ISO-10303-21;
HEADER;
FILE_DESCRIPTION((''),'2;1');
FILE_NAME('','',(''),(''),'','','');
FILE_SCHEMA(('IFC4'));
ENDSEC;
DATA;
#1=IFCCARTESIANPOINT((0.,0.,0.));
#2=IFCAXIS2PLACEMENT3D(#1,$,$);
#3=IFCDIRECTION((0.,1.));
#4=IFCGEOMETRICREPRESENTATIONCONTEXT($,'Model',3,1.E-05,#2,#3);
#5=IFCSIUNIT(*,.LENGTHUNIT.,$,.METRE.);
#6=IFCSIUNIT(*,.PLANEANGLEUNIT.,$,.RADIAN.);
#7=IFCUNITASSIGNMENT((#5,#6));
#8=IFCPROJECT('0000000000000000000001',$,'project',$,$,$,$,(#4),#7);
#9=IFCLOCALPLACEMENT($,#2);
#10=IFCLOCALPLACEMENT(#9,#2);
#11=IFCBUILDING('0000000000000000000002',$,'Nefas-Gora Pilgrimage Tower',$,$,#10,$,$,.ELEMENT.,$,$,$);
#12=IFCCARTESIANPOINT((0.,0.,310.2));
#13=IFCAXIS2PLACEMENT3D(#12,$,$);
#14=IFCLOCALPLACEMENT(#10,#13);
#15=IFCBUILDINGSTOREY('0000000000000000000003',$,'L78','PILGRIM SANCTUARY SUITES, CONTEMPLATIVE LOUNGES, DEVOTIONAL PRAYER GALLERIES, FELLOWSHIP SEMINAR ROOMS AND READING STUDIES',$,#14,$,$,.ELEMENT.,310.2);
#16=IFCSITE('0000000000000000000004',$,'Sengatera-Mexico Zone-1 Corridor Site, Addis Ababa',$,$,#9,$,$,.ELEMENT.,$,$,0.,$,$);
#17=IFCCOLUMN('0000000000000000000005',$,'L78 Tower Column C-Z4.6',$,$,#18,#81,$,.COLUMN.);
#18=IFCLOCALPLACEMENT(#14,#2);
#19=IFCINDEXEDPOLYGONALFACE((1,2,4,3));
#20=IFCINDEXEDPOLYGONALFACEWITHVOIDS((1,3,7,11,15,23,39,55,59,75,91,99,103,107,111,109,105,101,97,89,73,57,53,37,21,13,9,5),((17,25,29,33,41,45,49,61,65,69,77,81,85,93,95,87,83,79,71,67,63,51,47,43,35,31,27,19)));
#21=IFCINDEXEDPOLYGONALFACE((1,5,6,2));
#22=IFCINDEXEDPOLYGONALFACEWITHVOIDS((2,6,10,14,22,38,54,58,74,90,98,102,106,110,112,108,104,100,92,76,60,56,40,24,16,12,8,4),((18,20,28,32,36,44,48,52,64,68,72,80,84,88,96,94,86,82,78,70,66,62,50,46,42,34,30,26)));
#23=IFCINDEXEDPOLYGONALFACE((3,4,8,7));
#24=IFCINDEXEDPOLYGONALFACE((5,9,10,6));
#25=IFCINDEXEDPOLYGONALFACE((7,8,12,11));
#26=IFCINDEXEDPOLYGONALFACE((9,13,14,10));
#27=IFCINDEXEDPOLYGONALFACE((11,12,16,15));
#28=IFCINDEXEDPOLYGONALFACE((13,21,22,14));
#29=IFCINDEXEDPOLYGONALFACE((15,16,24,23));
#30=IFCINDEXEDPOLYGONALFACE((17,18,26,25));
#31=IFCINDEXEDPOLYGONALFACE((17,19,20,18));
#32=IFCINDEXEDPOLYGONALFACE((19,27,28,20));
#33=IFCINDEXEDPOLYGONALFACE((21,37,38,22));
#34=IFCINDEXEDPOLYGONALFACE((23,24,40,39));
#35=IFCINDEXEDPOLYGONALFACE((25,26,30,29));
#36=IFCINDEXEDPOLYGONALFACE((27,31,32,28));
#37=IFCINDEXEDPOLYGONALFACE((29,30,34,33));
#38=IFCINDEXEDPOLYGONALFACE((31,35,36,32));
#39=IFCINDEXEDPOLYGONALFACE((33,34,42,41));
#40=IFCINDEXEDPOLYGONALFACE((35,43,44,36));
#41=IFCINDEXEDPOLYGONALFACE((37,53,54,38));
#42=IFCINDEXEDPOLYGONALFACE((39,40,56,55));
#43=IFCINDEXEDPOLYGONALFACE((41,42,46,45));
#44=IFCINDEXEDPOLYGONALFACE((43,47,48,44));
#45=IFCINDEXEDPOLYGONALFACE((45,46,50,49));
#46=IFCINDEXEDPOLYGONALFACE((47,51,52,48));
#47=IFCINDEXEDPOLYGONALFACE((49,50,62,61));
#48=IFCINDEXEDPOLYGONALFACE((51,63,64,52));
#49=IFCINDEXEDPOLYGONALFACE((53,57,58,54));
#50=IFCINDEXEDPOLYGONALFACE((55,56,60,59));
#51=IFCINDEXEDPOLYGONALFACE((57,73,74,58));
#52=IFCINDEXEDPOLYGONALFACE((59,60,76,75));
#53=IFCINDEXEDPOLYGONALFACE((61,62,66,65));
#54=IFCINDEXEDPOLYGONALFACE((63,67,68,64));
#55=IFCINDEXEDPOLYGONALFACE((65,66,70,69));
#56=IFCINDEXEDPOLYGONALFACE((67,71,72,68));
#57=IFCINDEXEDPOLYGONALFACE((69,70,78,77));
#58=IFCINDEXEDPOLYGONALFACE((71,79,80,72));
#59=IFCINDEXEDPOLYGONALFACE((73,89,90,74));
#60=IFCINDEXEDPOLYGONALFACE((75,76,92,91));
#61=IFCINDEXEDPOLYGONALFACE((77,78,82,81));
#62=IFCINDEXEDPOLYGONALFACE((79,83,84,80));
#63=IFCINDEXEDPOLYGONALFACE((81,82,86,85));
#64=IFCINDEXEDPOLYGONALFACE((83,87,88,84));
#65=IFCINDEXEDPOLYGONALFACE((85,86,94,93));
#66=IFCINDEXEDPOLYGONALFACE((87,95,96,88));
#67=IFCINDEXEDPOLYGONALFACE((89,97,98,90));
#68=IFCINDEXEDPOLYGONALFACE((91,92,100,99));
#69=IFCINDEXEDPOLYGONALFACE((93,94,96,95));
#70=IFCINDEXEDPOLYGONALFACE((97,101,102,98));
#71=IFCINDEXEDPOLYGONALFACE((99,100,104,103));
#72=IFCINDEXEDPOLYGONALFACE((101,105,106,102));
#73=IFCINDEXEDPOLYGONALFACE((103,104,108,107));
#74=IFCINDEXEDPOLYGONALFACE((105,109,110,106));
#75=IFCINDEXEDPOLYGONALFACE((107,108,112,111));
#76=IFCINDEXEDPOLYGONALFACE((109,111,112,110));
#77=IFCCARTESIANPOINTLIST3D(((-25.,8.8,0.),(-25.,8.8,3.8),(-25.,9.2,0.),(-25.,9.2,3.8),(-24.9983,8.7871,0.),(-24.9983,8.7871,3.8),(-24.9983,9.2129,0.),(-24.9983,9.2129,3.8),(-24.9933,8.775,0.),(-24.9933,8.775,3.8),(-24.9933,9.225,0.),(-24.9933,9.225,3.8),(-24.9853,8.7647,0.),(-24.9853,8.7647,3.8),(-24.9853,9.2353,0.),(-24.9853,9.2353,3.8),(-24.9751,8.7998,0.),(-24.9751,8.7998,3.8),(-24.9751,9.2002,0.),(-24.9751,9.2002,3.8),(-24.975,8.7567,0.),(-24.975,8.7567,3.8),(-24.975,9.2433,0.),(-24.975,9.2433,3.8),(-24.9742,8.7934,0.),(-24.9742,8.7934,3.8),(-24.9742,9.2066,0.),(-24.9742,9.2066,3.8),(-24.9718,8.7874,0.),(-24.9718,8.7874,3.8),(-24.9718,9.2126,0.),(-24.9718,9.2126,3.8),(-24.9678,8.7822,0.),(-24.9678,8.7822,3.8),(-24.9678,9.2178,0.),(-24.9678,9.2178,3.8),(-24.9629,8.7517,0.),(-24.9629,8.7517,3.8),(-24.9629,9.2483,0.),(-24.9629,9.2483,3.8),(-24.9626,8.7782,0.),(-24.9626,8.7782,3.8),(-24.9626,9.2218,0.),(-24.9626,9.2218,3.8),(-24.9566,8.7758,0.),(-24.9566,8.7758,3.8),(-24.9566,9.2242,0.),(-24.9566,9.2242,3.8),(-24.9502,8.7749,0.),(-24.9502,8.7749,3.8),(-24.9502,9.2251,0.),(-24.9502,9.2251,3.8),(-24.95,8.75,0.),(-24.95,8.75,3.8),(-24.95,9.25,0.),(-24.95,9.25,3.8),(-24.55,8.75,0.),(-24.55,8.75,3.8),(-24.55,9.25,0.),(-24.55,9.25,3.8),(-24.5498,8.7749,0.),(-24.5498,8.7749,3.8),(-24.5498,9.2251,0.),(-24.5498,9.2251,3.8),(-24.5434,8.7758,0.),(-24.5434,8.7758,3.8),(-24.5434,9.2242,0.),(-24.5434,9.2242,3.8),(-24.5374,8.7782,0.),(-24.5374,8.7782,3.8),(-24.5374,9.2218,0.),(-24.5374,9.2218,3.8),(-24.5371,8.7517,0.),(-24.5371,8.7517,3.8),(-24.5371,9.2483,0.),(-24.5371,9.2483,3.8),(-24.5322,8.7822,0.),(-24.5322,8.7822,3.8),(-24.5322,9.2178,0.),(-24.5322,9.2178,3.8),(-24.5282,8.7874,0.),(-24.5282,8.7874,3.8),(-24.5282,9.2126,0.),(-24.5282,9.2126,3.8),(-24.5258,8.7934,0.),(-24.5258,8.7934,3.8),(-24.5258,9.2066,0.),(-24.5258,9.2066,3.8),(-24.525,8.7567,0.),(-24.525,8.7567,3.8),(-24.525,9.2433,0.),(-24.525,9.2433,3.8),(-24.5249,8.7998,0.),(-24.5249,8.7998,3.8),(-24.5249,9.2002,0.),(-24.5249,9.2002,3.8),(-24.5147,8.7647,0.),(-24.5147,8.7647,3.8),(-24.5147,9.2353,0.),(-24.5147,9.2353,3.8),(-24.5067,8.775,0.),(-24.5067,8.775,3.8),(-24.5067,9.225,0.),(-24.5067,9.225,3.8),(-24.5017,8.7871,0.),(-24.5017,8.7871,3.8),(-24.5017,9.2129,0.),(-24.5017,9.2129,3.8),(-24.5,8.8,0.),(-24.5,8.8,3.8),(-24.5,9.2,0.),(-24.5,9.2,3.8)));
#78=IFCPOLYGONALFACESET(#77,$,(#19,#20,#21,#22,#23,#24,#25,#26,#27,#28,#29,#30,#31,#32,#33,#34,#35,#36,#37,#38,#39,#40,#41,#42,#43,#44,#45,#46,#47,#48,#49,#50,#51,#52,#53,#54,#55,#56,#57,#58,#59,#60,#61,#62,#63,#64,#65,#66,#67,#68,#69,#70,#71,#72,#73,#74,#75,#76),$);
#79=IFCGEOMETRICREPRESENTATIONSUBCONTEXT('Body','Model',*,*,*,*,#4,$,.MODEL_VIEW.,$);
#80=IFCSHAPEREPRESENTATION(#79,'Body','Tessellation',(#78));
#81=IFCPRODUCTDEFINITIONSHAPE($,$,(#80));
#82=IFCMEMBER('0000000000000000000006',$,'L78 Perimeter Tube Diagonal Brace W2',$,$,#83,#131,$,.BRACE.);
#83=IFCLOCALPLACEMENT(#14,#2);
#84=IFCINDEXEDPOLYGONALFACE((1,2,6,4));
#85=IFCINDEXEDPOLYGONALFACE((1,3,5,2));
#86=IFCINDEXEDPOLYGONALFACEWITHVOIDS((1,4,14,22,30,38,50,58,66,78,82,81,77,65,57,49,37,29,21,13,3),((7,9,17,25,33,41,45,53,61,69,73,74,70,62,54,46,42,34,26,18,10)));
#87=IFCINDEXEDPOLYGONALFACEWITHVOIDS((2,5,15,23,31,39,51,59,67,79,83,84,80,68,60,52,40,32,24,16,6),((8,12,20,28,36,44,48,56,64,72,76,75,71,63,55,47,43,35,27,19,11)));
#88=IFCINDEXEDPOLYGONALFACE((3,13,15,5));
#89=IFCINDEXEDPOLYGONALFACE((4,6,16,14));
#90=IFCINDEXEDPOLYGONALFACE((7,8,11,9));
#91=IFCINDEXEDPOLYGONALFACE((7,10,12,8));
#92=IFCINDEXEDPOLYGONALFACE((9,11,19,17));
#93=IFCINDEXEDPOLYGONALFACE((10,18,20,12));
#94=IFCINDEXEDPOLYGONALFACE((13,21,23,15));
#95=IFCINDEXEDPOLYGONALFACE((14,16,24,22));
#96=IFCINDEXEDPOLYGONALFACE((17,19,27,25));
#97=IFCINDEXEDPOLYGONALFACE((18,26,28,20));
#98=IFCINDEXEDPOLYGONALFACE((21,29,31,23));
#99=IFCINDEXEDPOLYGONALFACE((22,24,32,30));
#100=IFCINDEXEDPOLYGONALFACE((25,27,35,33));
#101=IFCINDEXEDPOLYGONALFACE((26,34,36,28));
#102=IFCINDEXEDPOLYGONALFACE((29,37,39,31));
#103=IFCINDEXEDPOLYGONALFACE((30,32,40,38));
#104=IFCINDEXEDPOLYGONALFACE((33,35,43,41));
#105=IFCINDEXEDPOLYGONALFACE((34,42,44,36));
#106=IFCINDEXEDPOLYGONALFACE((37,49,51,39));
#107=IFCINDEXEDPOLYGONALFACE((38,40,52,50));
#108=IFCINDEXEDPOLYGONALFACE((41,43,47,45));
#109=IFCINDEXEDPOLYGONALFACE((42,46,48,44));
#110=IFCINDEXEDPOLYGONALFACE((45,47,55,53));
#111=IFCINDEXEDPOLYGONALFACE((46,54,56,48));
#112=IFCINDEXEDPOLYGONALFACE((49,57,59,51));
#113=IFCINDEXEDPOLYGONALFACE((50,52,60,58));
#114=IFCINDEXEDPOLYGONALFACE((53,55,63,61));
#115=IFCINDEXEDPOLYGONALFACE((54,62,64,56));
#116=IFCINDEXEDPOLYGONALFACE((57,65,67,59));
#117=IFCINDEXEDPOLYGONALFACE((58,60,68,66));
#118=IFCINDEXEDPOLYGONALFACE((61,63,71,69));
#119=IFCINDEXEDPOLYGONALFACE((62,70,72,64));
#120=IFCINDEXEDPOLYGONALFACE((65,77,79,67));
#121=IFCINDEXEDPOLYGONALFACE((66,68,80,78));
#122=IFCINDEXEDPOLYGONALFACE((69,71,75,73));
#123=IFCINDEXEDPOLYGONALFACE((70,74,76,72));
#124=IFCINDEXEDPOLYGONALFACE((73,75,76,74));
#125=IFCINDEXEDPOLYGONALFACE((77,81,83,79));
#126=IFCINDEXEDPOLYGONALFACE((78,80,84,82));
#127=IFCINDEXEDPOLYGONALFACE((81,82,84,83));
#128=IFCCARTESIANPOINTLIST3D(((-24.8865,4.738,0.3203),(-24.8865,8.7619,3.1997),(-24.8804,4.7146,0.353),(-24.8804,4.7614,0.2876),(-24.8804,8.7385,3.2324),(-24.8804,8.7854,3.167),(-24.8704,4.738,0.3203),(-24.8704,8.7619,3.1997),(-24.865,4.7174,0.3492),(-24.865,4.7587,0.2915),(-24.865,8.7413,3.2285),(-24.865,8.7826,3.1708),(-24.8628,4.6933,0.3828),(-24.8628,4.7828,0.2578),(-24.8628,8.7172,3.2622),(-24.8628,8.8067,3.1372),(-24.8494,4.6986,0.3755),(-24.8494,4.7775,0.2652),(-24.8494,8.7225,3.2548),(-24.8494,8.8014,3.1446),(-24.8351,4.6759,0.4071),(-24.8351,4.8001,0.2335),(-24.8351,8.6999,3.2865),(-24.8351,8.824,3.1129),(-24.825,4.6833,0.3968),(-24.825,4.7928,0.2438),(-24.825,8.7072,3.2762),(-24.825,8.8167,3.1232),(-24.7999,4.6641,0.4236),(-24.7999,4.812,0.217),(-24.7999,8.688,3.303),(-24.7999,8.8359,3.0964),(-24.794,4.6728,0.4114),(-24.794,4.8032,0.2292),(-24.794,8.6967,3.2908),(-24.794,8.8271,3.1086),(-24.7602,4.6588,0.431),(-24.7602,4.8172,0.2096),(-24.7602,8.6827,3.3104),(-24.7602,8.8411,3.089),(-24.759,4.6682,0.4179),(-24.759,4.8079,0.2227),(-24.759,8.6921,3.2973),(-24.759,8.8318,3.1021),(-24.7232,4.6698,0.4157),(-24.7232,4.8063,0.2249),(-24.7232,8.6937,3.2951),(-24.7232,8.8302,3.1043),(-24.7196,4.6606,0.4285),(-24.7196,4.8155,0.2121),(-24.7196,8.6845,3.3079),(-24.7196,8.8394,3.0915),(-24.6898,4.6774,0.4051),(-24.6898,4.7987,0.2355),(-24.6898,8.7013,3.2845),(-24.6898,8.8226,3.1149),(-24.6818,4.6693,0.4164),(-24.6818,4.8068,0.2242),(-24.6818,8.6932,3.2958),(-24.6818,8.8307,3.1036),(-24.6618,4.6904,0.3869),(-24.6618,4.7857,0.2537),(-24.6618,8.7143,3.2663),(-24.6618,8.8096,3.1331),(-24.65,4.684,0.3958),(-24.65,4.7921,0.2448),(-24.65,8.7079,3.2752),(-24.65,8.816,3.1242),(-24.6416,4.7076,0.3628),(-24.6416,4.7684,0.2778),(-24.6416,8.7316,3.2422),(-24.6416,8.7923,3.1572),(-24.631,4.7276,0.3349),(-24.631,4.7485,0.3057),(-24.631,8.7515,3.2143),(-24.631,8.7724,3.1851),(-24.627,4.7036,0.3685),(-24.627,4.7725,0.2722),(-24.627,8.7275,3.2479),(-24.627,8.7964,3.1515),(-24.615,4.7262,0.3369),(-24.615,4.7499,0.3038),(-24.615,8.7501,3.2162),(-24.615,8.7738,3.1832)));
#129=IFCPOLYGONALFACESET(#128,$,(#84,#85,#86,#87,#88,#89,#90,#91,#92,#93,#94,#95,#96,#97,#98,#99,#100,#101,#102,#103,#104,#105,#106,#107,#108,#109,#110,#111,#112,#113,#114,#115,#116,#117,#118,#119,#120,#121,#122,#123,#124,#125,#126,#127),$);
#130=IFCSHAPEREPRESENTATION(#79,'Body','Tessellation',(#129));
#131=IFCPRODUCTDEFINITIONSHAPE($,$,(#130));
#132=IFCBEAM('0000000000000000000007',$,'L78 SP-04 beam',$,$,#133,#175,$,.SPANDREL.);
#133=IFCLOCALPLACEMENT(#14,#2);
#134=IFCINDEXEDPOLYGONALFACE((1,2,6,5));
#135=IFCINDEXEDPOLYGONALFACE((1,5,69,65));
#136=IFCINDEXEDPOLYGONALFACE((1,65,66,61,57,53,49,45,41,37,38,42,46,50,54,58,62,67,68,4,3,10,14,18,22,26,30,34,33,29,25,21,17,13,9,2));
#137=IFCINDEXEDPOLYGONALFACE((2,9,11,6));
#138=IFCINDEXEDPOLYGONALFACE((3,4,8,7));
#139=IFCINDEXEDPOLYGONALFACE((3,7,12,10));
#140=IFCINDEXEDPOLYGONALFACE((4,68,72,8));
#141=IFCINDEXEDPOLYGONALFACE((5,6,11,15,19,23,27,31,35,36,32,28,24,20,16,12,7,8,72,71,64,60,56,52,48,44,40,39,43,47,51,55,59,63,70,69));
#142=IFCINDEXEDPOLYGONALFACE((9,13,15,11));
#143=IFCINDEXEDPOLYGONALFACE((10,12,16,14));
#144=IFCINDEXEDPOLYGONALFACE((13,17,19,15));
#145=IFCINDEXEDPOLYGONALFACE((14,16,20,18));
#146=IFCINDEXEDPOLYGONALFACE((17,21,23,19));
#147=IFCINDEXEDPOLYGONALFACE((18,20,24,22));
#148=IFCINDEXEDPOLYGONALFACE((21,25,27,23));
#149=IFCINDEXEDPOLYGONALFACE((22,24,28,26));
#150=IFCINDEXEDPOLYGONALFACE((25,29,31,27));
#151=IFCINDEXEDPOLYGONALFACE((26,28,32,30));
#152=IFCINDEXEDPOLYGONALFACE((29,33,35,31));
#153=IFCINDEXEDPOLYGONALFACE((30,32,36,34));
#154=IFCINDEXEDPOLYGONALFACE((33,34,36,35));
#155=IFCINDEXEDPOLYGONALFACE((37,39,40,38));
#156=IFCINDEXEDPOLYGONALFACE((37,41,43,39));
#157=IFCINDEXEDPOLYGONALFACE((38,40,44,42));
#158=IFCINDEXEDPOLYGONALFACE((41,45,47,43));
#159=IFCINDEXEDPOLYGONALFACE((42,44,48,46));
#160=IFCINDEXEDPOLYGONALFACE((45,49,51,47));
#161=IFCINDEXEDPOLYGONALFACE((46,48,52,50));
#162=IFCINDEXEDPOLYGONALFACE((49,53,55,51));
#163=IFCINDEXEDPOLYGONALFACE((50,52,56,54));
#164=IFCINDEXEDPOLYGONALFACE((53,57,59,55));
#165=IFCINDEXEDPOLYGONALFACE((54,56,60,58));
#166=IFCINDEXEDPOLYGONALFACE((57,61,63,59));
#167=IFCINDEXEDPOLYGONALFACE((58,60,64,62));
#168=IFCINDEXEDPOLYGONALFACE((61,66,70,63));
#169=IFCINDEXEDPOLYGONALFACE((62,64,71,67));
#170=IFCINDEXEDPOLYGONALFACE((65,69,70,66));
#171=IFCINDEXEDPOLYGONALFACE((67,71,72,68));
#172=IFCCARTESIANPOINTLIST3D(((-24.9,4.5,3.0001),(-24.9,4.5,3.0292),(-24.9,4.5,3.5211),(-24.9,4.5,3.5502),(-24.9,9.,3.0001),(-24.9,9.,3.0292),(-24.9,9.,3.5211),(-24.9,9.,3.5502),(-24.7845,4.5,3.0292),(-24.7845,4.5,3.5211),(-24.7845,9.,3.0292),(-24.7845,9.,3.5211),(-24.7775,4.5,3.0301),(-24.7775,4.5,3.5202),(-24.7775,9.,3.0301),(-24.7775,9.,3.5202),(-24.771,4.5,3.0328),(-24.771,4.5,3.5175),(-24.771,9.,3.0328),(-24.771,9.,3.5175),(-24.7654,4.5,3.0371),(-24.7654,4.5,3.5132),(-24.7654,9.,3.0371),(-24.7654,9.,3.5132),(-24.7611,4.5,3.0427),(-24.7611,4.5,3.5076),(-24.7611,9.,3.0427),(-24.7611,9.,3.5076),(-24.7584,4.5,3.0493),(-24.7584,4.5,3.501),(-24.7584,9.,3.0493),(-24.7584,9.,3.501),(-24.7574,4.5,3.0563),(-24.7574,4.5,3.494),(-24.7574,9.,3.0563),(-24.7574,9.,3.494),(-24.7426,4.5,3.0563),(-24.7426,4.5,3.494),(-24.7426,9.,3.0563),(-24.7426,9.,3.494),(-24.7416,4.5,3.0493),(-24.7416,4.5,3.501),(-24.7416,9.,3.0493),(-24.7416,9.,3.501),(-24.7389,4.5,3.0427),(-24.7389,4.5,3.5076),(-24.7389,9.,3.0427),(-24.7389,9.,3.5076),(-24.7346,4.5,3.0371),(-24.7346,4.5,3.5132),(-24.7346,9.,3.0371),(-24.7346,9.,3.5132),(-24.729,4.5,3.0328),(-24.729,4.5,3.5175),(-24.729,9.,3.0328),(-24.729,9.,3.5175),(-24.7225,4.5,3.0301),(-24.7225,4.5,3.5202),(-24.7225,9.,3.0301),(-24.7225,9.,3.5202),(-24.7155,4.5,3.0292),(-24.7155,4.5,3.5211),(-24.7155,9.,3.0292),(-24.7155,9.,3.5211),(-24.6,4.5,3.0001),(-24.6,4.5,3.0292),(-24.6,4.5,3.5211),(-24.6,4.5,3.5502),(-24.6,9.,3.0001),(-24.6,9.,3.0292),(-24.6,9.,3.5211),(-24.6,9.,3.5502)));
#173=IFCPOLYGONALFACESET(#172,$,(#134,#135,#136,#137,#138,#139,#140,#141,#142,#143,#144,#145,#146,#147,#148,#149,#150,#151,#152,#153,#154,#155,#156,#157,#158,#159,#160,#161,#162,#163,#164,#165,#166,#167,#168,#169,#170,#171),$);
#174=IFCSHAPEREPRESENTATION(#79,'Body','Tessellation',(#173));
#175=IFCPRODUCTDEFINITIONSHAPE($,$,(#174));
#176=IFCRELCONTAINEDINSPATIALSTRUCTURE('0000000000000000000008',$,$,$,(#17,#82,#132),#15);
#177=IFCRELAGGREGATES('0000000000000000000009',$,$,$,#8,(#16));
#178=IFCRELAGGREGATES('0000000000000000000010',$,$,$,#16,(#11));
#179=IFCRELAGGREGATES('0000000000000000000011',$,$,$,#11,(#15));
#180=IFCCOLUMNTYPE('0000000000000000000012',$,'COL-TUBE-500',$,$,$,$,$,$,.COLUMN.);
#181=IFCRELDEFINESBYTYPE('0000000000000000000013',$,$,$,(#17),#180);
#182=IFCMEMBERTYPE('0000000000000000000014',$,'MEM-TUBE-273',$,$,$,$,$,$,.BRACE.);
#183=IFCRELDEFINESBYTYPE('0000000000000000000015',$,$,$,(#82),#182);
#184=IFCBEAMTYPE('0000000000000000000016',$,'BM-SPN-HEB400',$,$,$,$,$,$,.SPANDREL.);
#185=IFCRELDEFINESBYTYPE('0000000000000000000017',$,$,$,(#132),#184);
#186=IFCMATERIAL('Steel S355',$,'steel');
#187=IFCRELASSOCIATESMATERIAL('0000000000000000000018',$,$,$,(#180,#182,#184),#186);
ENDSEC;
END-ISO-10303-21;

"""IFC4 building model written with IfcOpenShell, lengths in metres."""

from ifc_helpers import new_model, si_unit, direction, frame, origin, origin_2d, place, context, subcontext, project, spatial, hollow_rectangle, hollow_circle, i_section, extrude, source, transform, mapped, material, material_profile, profile_set, type_object, element, save


model = new_model("IFC4")

# Units and contexts
model_context = context("Model", 3, precision=1e-05, world=origin(), true_north=direction((0.0, 1.0)))
body_context = subcontext(model_context, "Body", "Model", "MODEL_VIEW")
ifc_project = project(units=[si_unit("LENGTHUNIT", "METRE"), si_unit("PLANEANGLEUNIT", "RADIAN")], contexts=[model_context])

# Site, building, storey
site_placement = place(None, origin())
site = spatial("IfcSite", under=ifc_project, at=site_placement, Name="Sengatera-Mexico Zone-1 Corridor Site, Addis Ababa", CompositionType="ELEMENT", RefElevation=0.0)
building_placement = place(site_placement, origin())
building = spatial("IfcBuilding", under=site, at=building_placement, Name="Nefas-Gora Pilgrimage Tower", CompositionType="ELEMENT")
storey_placement = place(building_placement, frame((0.0, 0.0, 310.2)))
storey = spatial("IfcBuildingStorey", under=building, at=storey_placement, Name="L78", Description="PILGRIM SANCTUARY SUITES, CONTEMPLATIVE LOUNGES, DEVOTIONAL PRAYER GALLERIES, FELLOWSHIP SEMINAR ROOMS AND READING STUDIES", CompositionType="ELEMENT", Elevation=310.2)

# Column
ifc_material_1 = material(Name="Steel S355", Category="steel")
ifc_material_profile_1 = material_profile(ifc_material_1, hollow_rectangle(XDim=0.5, YDim=0.5, WallThickness=0.0249, InnerFilletRadius=0.0249, OuterFilletRadius=0.05, at=origin_2d()), Name="SHS 500x500x25")
ifc_profile_set_1 = profile_set([ifc_material_profile_1], Name="Steel S355")
column_type_1 = type_object("IfcColumnType", Name="COL-TUBE-500", PredefinedType="COLUMN", material=ifc_profile_set_1)
shared_shape_1 = source(origin(), body_context, "Body", "SweptSolid", [
    extrude(hollow_rectangle(XDim=0.5, YDim=0.5, WallThickness=0.0249, InnerFilletRadius=0.0249, OuterFilletRadius=0.05, at=origin_2d()), origin(), (0.0, 0.0, 1.0), 3.8),
])
for number, where, z_axis, x_axis, name in (
    (1, (-24.75, 9.0, 0.0), (0.0, 0.0, 1.0), (1.0, 0.0, 0.0), "L78 Tower Column C-Z4.6"),
):
    element("IfcColumn", number, at=place(storey_placement, frame(where, z_axis=z_axis, x_axis=x_axis)), inside=storey, type_object=column_type_1, Name=name, PredefinedType="COLUMN", context=body_context, shape_type="MappedRepresentation", body=[
        mapped(shared_shape_1, transform((0.0, 0.0, 0.0), x_axis=(1.0, 0.0, 0.0), y_axis=(0.0, 1.0, 0.0), z_axis=(0.0, 0.0, 1.0), scale=1.0)),
    ])

# Member
ifc_material_profile_2 = material_profile(ifc_material_1, hollow_circle(Radius=0.1365, WallThickness=0.0161, at=origin_2d()), Name="CHS 273x16")
ifc_profile_set_2 = profile_set([ifc_material_profile_2], Name="Steel S355")
member_type_1 = type_object("IfcMemberType", Name="MEM-TUBE-273", PredefinedType="BRACE", material=ifc_profile_set_2)
shared_shape_2 = source(origin(), body_context, "Body", "SweptSolid", [
    extrude(hollow_circle(Radius=0.1365, WallThickness=0.0161, at=origin_2d()), origin(), (0.0, 0.0, 1.0), 4.948),
])
member_1_placement = place(storey_placement, frame((-24.75, 4.738, 0.3203), z_axis=(0.0, 0.81324, 0.581929), x_axis=(-1.0, 0.0, 0.0)))
element("IfcMember", 2, at=member_1_placement, inside=storey, type_object=member_type_1, Name="L78 Perimeter Tube Diagonal Brace W2", PredefinedType="BRACE", context=body_context, shape_type="MappedRepresentation", body=[
    mapped(shared_shape_2, transform((0.0, 0.0, 0.0), x_axis=(1.0, 0.0, 0.0), y_axis=(0.0, 1.0, 0.0), z_axis=(0.0, 0.0, 1.0), scale=1.0)),
])

# Beam
ifc_material_profile_3 = material_profile(ifc_material_1, i_section(OverallWidth=0.3, OverallDepth=0.55, WebThickness=0.0149, FlangeThickness=0.0291, FilletRadius=0.0271, at=origin_2d()), Name="HEB 550")
ifc_profile_set_3 = profile_set([ifc_material_profile_3], Name="Steel S355")
beam_type_1 = type_object("IfcBeamType", Name="BM-SPN-HEB400", PredefinedType="SPANDREL", material=ifc_profile_set_3)
shared_shape_3 = source(origin(), body_context, "Body", "SweptSolid", [
    extrude(i_section(OverallWidth=0.3, OverallDepth=0.55, WebThickness=0.0149, FlangeThickness=0.0291, FilletRadius=0.0271, at=origin_2d()), origin(), (0.0, 0.0, 1.0), 4.5),
])
for number, where, z_axis, x_axis, name in (
    (3, (-24.75, 4.5, 3.2751), (0.0, 1.0, 0.0), (-1.0, 0.0, 0.0), "L78 SP-04 beam"),
):
    element("IfcBeam", number, at=place(storey_placement, frame(where, z_axis=z_axis, x_axis=x_axis)), inside=storey, type_object=beam_type_1, Name=name, PredefinedType="SPANDREL", context=body_context, shape_type="MappedRepresentation", body=[
        mapped(shared_shape_3, transform((0.0, 0.0, 0.0), x_axis=(1.0, 0.0, 0.0), y_axis=(0.0, 1.0, 0.0), z_axis=(0.0, 0.0, 1.0), scale=1.0)),
    ])

save(model, "model.ifc")
